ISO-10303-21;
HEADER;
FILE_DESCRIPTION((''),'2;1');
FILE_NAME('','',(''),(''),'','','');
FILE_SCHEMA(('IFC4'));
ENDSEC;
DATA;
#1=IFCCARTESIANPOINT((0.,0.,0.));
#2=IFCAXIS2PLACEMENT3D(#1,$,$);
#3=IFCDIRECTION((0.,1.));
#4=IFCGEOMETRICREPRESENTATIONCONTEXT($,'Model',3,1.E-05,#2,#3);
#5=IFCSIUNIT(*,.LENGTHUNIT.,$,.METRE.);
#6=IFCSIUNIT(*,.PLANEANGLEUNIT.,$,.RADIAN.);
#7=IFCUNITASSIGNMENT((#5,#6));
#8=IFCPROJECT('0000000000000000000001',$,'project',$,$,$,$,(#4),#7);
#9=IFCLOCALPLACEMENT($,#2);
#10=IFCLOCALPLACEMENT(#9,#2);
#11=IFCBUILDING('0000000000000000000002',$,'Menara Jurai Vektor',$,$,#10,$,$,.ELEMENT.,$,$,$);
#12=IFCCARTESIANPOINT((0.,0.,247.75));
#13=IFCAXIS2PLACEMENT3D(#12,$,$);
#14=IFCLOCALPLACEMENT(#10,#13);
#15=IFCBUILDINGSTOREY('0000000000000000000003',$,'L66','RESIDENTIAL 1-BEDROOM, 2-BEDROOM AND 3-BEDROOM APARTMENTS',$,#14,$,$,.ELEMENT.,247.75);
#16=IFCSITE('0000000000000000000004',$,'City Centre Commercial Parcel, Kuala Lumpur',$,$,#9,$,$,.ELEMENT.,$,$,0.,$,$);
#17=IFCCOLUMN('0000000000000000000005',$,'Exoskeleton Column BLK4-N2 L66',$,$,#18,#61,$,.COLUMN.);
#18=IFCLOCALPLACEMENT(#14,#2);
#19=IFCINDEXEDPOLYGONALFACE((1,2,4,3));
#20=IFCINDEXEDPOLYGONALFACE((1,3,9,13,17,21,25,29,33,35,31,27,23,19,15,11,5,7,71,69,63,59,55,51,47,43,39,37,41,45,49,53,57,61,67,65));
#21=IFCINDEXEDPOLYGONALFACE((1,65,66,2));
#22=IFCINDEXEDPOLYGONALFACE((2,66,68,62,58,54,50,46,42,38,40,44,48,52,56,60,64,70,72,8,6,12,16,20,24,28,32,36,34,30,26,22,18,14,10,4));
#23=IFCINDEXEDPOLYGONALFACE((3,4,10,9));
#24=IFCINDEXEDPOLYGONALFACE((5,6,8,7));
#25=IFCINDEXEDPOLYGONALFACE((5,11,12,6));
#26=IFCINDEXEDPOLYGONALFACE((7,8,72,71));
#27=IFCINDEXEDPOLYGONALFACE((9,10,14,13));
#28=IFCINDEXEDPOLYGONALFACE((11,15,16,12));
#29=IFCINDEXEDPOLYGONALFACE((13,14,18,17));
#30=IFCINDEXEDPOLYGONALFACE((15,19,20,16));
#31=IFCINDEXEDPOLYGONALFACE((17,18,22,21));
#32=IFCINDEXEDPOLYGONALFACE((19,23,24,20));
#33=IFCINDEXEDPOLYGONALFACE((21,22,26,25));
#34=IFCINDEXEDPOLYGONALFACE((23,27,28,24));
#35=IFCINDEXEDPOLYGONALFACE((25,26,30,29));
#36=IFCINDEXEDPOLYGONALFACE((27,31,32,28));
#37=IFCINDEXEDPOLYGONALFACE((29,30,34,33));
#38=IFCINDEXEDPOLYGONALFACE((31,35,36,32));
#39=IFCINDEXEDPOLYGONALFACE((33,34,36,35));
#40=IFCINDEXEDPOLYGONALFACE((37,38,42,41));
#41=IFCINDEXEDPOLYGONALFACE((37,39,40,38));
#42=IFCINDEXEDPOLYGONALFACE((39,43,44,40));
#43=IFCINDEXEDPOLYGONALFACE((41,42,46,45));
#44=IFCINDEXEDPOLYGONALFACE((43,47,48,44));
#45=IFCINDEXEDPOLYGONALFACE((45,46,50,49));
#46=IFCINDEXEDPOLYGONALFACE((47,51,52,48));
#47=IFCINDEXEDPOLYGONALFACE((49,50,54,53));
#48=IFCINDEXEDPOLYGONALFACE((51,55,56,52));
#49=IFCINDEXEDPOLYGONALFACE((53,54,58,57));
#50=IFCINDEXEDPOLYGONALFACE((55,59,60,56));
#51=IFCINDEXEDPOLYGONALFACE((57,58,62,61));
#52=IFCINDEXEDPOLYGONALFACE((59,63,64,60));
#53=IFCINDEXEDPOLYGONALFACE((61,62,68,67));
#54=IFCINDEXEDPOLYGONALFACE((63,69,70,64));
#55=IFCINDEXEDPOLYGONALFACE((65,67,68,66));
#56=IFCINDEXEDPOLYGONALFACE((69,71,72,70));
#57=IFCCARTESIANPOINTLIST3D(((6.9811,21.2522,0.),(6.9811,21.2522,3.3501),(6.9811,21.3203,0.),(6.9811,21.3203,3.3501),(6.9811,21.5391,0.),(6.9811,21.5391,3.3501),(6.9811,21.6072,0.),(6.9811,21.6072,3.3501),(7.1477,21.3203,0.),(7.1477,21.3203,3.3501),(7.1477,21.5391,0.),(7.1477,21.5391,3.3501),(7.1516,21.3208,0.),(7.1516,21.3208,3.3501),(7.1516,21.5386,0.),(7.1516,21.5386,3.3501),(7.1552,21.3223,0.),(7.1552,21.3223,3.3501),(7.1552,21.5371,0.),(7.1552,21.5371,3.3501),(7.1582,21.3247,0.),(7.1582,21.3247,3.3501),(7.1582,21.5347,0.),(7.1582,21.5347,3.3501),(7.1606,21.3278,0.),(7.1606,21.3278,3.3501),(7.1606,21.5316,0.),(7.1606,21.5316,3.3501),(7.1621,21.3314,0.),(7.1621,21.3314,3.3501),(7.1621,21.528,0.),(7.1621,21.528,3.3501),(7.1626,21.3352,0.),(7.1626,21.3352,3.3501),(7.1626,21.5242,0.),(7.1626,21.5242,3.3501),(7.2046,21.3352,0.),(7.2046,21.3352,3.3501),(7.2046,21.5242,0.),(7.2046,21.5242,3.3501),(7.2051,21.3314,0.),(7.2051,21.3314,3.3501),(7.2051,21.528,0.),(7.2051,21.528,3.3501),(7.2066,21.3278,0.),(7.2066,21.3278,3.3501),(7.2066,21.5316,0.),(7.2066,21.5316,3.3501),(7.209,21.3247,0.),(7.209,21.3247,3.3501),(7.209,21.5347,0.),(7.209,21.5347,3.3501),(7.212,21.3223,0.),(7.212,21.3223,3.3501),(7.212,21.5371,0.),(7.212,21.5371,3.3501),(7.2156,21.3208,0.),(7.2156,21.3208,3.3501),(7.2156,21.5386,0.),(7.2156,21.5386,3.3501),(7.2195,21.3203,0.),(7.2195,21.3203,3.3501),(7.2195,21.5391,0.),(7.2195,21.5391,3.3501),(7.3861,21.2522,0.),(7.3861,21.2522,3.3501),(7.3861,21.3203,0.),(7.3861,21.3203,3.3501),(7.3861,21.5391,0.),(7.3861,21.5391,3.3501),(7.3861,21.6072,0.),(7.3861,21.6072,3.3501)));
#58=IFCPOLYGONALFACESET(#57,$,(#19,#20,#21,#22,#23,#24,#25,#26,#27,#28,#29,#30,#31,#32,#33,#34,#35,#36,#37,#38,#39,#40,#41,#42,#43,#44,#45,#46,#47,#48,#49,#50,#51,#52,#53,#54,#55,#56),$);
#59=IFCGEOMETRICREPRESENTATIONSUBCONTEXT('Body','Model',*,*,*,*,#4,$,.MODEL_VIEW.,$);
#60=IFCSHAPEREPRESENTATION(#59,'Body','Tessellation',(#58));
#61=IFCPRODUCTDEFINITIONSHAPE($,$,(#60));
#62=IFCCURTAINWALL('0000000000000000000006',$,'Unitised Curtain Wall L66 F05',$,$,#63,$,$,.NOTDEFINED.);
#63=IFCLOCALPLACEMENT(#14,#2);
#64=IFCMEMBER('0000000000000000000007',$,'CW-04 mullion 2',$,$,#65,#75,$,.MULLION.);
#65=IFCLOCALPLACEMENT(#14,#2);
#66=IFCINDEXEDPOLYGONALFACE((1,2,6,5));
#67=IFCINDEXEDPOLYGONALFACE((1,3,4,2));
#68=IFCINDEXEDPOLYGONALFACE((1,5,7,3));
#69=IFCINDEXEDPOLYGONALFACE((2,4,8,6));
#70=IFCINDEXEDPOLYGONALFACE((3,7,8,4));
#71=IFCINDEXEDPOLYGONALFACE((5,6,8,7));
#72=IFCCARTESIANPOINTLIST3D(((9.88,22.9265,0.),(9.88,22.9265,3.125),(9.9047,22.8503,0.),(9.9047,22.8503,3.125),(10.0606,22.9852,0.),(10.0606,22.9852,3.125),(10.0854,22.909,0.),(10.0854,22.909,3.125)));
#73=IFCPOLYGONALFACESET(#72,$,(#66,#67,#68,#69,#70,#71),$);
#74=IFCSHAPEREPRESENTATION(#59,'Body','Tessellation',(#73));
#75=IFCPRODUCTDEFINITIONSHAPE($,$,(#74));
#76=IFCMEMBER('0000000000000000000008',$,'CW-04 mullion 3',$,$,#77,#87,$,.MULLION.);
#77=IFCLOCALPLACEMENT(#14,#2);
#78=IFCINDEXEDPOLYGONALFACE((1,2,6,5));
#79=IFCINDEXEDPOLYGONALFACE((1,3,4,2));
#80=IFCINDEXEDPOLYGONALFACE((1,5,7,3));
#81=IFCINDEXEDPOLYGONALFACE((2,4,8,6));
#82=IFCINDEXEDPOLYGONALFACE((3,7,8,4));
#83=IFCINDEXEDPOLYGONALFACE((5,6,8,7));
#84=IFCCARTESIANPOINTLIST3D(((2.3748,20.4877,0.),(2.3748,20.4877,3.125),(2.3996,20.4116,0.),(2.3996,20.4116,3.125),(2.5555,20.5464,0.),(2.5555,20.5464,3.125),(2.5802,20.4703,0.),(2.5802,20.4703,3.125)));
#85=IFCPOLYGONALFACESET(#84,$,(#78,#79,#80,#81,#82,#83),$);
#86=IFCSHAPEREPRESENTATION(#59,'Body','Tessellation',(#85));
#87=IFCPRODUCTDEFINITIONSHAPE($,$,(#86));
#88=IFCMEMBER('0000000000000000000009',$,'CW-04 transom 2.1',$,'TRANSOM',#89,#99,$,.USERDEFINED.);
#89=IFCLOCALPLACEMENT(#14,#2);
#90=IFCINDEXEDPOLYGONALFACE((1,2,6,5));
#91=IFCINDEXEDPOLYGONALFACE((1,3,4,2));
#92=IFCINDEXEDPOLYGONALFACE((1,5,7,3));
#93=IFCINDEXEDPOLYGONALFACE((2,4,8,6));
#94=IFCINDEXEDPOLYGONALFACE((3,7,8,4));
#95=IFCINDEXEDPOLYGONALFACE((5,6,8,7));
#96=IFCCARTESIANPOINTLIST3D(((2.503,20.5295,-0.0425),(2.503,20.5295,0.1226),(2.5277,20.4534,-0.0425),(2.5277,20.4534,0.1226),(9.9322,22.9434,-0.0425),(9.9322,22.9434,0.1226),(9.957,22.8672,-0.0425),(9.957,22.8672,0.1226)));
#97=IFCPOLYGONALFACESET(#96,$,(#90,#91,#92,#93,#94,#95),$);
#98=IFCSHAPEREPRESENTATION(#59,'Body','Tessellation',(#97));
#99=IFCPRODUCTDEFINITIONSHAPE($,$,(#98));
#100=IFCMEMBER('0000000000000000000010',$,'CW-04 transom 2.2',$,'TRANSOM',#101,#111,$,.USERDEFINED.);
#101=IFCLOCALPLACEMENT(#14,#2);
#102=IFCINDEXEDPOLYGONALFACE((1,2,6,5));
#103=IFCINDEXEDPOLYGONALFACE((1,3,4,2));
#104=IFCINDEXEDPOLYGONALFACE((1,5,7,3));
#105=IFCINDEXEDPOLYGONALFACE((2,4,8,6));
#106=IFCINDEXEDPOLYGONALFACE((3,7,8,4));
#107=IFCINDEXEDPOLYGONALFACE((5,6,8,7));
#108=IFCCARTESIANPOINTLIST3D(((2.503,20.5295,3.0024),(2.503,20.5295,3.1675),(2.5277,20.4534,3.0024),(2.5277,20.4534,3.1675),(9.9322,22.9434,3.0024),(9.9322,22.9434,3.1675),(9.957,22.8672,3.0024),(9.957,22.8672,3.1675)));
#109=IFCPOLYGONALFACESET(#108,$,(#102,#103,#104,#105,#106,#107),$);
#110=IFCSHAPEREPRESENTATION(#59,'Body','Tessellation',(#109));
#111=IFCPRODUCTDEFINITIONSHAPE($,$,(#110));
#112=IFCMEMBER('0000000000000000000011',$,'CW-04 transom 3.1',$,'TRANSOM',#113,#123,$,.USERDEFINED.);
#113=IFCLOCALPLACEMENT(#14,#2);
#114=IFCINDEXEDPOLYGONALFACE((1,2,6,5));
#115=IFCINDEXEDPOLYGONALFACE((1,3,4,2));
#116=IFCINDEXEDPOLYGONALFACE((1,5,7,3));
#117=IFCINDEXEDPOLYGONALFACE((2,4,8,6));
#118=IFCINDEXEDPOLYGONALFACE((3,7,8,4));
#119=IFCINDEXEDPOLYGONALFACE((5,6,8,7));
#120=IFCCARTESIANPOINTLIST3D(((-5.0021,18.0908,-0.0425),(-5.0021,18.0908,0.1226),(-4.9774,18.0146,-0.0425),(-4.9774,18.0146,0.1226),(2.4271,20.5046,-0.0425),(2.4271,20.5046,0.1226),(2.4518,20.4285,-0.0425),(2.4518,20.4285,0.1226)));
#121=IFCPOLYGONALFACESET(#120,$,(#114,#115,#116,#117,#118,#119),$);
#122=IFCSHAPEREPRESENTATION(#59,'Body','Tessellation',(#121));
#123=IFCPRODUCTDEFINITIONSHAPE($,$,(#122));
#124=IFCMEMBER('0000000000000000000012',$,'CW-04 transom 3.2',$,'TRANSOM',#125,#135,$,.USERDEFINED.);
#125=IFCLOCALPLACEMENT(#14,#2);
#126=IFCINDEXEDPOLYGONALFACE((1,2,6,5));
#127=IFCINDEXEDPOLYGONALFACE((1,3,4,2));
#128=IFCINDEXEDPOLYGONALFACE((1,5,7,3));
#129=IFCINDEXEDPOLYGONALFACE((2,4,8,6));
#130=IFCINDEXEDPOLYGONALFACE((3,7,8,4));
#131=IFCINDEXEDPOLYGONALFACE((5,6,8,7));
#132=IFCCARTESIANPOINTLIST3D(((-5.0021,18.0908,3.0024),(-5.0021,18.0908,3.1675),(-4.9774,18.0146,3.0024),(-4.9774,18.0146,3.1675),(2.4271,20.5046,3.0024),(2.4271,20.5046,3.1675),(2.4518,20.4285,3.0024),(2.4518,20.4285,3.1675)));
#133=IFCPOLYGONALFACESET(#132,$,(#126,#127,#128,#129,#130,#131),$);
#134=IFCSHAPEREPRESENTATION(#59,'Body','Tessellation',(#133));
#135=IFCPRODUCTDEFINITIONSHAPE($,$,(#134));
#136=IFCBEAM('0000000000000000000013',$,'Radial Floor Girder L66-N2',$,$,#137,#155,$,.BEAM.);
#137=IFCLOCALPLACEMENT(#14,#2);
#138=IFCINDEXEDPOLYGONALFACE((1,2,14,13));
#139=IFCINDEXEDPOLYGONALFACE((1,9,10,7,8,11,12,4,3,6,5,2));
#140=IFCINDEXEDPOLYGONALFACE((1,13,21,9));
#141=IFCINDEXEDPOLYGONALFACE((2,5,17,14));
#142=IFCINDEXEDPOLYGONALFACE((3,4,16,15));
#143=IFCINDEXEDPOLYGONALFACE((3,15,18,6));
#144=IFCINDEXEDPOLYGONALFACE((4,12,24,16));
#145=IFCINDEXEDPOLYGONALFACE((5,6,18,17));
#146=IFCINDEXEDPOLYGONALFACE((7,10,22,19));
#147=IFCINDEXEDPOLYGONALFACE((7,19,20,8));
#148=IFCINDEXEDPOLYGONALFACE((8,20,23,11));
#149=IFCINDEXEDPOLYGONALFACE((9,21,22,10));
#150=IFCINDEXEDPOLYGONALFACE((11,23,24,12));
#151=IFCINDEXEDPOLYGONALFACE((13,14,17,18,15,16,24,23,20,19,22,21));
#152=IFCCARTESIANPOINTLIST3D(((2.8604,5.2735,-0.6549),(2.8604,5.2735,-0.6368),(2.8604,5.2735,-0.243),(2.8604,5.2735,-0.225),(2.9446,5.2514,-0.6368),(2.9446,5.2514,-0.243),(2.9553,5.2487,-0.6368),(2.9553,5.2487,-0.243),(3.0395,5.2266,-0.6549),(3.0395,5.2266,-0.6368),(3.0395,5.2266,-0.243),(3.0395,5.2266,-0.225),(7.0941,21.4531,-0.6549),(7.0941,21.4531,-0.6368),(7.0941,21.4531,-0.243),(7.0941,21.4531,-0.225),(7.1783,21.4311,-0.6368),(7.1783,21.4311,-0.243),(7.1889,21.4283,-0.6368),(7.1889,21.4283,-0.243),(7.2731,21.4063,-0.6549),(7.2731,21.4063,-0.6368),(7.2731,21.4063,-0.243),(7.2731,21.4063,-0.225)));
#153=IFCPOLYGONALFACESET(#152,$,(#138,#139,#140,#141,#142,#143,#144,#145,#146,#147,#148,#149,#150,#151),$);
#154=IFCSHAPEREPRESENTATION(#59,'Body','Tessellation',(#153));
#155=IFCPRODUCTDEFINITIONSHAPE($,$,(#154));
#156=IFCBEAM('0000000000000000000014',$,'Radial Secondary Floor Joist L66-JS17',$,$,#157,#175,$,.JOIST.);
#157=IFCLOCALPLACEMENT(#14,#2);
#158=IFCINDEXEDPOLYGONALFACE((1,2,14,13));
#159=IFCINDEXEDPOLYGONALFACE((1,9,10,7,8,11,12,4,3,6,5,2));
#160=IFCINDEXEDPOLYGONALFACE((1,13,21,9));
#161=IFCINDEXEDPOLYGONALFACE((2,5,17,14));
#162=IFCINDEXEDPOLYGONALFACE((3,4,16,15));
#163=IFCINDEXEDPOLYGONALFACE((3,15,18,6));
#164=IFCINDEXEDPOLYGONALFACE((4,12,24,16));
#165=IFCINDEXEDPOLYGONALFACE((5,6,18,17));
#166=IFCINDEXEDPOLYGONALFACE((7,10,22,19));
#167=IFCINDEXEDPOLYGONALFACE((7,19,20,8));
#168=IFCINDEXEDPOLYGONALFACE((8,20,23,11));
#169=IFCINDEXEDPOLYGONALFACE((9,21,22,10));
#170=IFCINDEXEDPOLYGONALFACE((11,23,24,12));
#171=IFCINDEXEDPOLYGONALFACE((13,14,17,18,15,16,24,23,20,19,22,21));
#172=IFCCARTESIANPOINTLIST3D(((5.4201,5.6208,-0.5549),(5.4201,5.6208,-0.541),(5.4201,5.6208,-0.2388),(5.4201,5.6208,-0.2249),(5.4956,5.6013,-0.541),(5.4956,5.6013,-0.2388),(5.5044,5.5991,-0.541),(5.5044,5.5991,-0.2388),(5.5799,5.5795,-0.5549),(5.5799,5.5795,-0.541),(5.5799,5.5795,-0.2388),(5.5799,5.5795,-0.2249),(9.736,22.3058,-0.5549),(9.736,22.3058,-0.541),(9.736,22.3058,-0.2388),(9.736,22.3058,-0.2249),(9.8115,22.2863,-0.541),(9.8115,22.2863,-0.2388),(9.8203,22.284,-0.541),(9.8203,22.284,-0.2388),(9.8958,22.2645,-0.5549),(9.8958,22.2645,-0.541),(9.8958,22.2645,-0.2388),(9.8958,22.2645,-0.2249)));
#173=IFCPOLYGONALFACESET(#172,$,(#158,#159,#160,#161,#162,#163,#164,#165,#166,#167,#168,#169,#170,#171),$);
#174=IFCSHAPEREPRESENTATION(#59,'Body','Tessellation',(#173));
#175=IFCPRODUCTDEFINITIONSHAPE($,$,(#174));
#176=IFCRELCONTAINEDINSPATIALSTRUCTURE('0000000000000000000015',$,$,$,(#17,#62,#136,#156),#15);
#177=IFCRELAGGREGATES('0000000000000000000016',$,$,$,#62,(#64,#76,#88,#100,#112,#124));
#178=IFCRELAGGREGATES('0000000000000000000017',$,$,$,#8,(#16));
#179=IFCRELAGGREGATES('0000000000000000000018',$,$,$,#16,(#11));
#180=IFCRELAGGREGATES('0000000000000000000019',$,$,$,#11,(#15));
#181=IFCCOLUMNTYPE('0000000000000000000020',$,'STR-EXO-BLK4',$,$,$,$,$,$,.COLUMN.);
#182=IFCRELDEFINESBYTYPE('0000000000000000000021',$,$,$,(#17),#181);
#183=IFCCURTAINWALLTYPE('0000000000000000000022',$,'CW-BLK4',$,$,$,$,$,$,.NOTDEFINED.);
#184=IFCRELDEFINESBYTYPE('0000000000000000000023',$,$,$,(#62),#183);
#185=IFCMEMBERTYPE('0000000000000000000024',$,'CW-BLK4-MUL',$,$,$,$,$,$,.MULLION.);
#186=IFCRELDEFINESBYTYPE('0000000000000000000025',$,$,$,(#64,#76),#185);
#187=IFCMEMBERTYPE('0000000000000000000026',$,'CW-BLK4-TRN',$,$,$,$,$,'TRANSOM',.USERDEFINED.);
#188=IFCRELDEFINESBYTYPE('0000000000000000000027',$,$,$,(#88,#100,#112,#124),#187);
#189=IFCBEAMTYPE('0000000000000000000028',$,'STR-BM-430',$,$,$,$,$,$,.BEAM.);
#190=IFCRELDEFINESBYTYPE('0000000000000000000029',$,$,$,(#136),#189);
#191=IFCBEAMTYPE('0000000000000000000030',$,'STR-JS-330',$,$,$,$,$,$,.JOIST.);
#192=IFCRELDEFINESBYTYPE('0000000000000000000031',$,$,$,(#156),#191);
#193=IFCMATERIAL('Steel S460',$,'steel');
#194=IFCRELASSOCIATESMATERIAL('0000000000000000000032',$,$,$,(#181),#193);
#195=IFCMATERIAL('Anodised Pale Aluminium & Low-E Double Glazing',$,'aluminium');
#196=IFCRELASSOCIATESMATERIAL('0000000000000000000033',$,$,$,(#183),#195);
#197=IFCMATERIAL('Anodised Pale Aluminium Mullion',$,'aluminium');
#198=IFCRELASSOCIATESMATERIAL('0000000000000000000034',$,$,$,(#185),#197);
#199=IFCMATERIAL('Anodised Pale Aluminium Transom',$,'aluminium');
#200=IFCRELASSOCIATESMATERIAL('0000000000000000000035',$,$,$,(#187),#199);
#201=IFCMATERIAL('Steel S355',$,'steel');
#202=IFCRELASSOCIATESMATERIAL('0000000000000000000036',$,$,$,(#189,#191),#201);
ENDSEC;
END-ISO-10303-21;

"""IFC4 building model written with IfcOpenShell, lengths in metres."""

from ifc_helpers import new_model, si_unit, direction, frame, origin, origin_2d, place, context, subcontext, project, spatial, rectangle, i_section, extrude, material, material_profile, profile_set, type_object, element, aggregate, save


model = new_model("IFC4")

# Units and contexts
model_context = context("Model", 3, precision=1e-05, world=origin(), true_north=direction((0.0, 1.0)))
body_context = subcontext(model_context, "Body", "Model", "MODEL_VIEW")
ifc_project = project(units=[si_unit("LENGTHUNIT", "METRE"), si_unit("PLANEANGLEUNIT", "RADIAN")], contexts=[model_context])

# Site, building, storey
site_placement = place(None, origin())
site = spatial("IfcSite", under=ifc_project, at=site_placement, Name="City Centre Commercial Parcel, Kuala Lumpur", CompositionType="ELEMENT", RefElevation=0.0)
building_placement = place(site_placement, origin())
building = spatial("IfcBuilding", under=site, at=building_placement, Name="Menara Jurai Vektor", CompositionType="ELEMENT")
storey_placement = place(building_placement, frame((0.0, 0.0, 247.75)))
storey = spatial("IfcBuildingStorey", under=building, at=storey_placement, Name="L66", Description="RESIDENTIAL 1-BEDROOM, 2-BEDROOM AND 3-BEDROOM APARTMENTS", CompositionType="ELEMENT", Elevation=247.75)

# Column
ifc_material_1 = material(Name="Steel S460", Category="steel")
ifc_material_profile_1 = material_profile(ifc_material_1, i_section(OverallWidth=0.405, OverallDepth=0.355, WebThickness=0.042, FlangeThickness=0.0681, FilletRadius=0.0149, at=origin_2d()), Name="HD 400x551")
ifc_profile_set_1 = profile_set([ifc_material_profile_1], Name="Steel S460")
column_type = type_object("IfcColumnType", Name="STR-EXO-BLK4", PredefinedType="COLUMN", material=ifc_profile_set_1)
column_placement = place(storey_placement, frame((7.1836, 21.4297, 0.0), z_axis=(0.0, 0.0, 1.0), x_axis=(1.0, 0.0, 0.0)))
element("IfcColumn", 1, at=column_placement, inside=storey, type_object=column_type, Name="Exoskeleton Column BLK4-N2 L66", PredefinedType="COLUMN", context=body_context, shape_type="SweptSolid", body=[
    extrude(i_section(OverallWidth=0.405, OverallDepth=0.355, WebThickness=0.042, FlangeThickness=0.0681, FilletRadius=0.0149, at=origin_2d()), origin(), (0.0, 0.0, 1.0), 3.3501),
])

# Curtain wall, members
ifc_material_2 = material(Name="Anodised Pale Aluminium & Low-E Double Glazing", Category="aluminium")
curtain_wall_type = type_object("IfcCurtainWallType", Name="CW-BLK4", PredefinedType="NOTDEFINED", material=ifc_material_2)
curtain_wall_placement = place(storey_placement, origin())
curtain_wall = element("IfcCurtainWall", 2, at=curtain_wall_placement, inside=storey, type_object=curtain_wall_type, Name="Unitised Curtain Wall L66 F05", PredefinedType="NOTDEFINED")
ifc_material_3 = material(Name="Anodised Pale Aluminium Mullion", Category="aluminium")
ifc_material_profile_2 = material_profile(ifc_material_3, rectangle(XDim=0.0801, YDim=0.1899, at=origin_2d()), Name="ALU MUL 80x190")
ifc_profile_set_2 = profile_set([ifc_material_profile_2], Name="Anodised Pale Aluminium Mullion")
member_type_1 = type_object("IfcMemberType", Name="CW-BLK4-MUL", PredefinedType="MULLION", material=ifc_profile_set_2)
member_1_placement = place(storey_placement, frame((9.9827, 22.9177, 0.0), z_axis=(0.0, 0.0, 1.0), x_axis=(0.309017, -0.951056, 0.0)))
member_1 = element("IfcMember", 3, at=member_1_placement, type_object=member_type_1, Name="CW-04 mullion 2", PredefinedType="MULLION", context=body_context, shape_type="SweptSolid", body=[
    extrude(rectangle(XDim=0.0801, YDim=0.1899, at=origin_2d()), origin(), (0.0, 0.0, 1.0), 3.125),
])
member_2_placement = place(storey_placement, frame((2.4775, 20.479, 0.0), z_axis=(0.0, 0.0, 1.0), x_axis=(0.309017, -0.951056, 0.0)))
member_2 = element("IfcMember", 4, at=member_2_placement, type_object=member_type_1, Name="CW-04 mullion 3", PredefinedType="MULLION", context=body_context, shape_type="SweptSolid", body=[
    extrude(rectangle(XDim=0.0801, YDim=0.1899, at=origin_2d()), origin(), (0.0, 0.0, 1.0), 3.125),
])
ifc_material_4 = material(Name="Anodised Pale Aluminium Transom", Category="aluminium")
ifc_material_profile_3 = material_profile(ifc_material_4, rectangle(XDim=0.0801, YDim=0.165, at=origin_2d()), Name="ALU TRN 80x165")
ifc_profile_set_3 = profile_set([ifc_material_profile_3], Name="Anodised Pale Aluminium Transom")
member_type_2 = type_object("IfcMemberType", Name="CW-BLK4-TRN", ElementType="TRANSOM", PredefinedType="USERDEFINED", material=ifc_profile_set_3)
member_3_placement = place(storey_placement, frame((9.9446, 22.9053, 0.04), z_axis=(-0.951059, -0.309008, 0.0), x_axis=(0.309008, -0.951059, 0.0)))
member_3 = element("IfcMember", 5, at=member_3_placement, type_object=member_type_2, Name="CW-04 transom 2.1", ObjectType="TRANSOM", PredefinedType="USERDEFINED", context=body_context, shape_type="SweptSolid", body=[
    extrude(rectangle(XDim=0.0801, YDim=0.165, at=origin_2d()), origin(), (0.0, 0.0, 1.0), 7.8115),
])
member_4_placement = place(storey_placement, frame((9.9446, 22.9053, 3.085), z_axis=(-0.951059, -0.309008, 0.0), x_axis=(0.309008, -0.951059, 0.0)))
member_4 = element("IfcMember", 6, at=member_4_placement, type_object=member_type_2, Name="CW-04 transom 2.2", ObjectType="TRANSOM", PredefinedType="USERDEFINED", context=body_context, shape_type="SweptSolid", body=[
    extrude(rectangle(XDim=0.0801, YDim=0.165, at=origin_2d()), origin(), (0.0, 0.0, 1.0), 7.8115),
])
member_5_placement = place(storey_placement, frame((2.4395, 20.4666, 0.04), z_axis=(-0.951059, -0.309008, 0.0), x_axis=(0.309008, -0.951059, 0.0)))
member_5 = element("IfcMember", 7, at=member_5_placement, type_object=member_type_2, Name="CW-04 transom 3.1", ObjectType="TRANSOM", PredefinedType="USERDEFINED", context=body_context, shape_type="SweptSolid", body=[
    extrude(rectangle(XDim=0.0801, YDim=0.165, at=origin_2d()), origin(), (0.0, 0.0, 1.0), 7.8115),
])
member_6_placement = place(storey_placement, frame((2.4395, 20.4666, 3.085), z_axis=(-0.951059, -0.309008, 0.0), x_axis=(0.309008, -0.951059, 0.0)))
member_6 = element("IfcMember", 8, at=member_6_placement, type_object=member_type_2, Name="CW-04 transom 3.2", ObjectType="TRANSOM", PredefinedType="USERDEFINED", context=body_context, shape_type="SweptSolid", body=[
    extrude(rectangle(XDim=0.0801, YDim=0.165, at=origin_2d()), origin(), (0.0, 0.0, 1.0), 7.8115),
])

# Beams
ifc_material_5 = material(Name="Steel S355", Category="steel")
ifc_material_profile_4 = material_profile(ifc_material_5, i_section(OverallWidth=0.1851, OverallDepth=0.4299, WebThickness=0.011, FlangeThickness=0.0181, at=origin_2d()), Name="PG 430x185x76")
ifc_profile_set_4 = profile_set([ifc_material_profile_4], Name="Steel S355")
beam_type_1 = type_object("IfcBeamType", Name="STR-BM-430", PredefinedType="BEAM", material=ifc_profile_set_4)
beam_1_placement = place(storey_placement, frame((7.1836, 21.4297, -0.4399), z_axis=(-0.253141, -0.967429, 0.0), x_axis=(0.967429, -0.253141, 0.0)))
element("IfcBeam", 9, at=beam_1_placement, inside=storey, type_object=beam_type_1, Name="Radial Floor Girder L66-N2", PredefinedType="BEAM", context=body_context, shape_type="SweptSolid", body=[
    extrude(i_section(OverallWidth=0.1851, OverallDepth=0.4299, WebThickness=0.011, FlangeThickness=0.0181, at=origin_2d()), origin(), (0.0, 0.0, 1.0), 16.7244),
])
ifc_material_profile_5 = material_profile(ifc_material_5, i_section(OverallWidth=0.165, OverallDepth=0.3301, WebThickness=0.009, FlangeThickness=0.0139, at=origin_2d()), Name="PG 330x165x46")
ifc_profile_set_5 = profile_set([ifc_material_profile_5], Name="Steel S355")
beam_type_2 = type_object("IfcBeamType", Name="STR-JS-330", PredefinedType="JOIST", material=ifc_profile_set_5)
beam_2_placement = place(storey_placement, frame((9.8159, 22.2852, -0.3899), z_axis=(-0.250427, -0.968135, 0.0), x_axis=(0.968135, -0.250427, 0.0)))
element("IfcBeam", 10, at=beam_2_placement, inside=storey, type_object=beam_type_2, Name="Radial Secondary Floor Joist L66-JS17", PredefinedType="JOIST", context=body_context, shape_type="SweptSolid", body=[
    extrude(i_section(OverallWidth=0.165, OverallDepth=0.3301, WebThickness=0.009, FlangeThickness=0.0139, at=origin_2d()), origin(), (0.0, 0.0, 1.0), 17.2341),
])

aggregate(curtain_wall, [member_1, member_2, member_3, member_4, member_5, member_6])

save(model, "model.ifc")
